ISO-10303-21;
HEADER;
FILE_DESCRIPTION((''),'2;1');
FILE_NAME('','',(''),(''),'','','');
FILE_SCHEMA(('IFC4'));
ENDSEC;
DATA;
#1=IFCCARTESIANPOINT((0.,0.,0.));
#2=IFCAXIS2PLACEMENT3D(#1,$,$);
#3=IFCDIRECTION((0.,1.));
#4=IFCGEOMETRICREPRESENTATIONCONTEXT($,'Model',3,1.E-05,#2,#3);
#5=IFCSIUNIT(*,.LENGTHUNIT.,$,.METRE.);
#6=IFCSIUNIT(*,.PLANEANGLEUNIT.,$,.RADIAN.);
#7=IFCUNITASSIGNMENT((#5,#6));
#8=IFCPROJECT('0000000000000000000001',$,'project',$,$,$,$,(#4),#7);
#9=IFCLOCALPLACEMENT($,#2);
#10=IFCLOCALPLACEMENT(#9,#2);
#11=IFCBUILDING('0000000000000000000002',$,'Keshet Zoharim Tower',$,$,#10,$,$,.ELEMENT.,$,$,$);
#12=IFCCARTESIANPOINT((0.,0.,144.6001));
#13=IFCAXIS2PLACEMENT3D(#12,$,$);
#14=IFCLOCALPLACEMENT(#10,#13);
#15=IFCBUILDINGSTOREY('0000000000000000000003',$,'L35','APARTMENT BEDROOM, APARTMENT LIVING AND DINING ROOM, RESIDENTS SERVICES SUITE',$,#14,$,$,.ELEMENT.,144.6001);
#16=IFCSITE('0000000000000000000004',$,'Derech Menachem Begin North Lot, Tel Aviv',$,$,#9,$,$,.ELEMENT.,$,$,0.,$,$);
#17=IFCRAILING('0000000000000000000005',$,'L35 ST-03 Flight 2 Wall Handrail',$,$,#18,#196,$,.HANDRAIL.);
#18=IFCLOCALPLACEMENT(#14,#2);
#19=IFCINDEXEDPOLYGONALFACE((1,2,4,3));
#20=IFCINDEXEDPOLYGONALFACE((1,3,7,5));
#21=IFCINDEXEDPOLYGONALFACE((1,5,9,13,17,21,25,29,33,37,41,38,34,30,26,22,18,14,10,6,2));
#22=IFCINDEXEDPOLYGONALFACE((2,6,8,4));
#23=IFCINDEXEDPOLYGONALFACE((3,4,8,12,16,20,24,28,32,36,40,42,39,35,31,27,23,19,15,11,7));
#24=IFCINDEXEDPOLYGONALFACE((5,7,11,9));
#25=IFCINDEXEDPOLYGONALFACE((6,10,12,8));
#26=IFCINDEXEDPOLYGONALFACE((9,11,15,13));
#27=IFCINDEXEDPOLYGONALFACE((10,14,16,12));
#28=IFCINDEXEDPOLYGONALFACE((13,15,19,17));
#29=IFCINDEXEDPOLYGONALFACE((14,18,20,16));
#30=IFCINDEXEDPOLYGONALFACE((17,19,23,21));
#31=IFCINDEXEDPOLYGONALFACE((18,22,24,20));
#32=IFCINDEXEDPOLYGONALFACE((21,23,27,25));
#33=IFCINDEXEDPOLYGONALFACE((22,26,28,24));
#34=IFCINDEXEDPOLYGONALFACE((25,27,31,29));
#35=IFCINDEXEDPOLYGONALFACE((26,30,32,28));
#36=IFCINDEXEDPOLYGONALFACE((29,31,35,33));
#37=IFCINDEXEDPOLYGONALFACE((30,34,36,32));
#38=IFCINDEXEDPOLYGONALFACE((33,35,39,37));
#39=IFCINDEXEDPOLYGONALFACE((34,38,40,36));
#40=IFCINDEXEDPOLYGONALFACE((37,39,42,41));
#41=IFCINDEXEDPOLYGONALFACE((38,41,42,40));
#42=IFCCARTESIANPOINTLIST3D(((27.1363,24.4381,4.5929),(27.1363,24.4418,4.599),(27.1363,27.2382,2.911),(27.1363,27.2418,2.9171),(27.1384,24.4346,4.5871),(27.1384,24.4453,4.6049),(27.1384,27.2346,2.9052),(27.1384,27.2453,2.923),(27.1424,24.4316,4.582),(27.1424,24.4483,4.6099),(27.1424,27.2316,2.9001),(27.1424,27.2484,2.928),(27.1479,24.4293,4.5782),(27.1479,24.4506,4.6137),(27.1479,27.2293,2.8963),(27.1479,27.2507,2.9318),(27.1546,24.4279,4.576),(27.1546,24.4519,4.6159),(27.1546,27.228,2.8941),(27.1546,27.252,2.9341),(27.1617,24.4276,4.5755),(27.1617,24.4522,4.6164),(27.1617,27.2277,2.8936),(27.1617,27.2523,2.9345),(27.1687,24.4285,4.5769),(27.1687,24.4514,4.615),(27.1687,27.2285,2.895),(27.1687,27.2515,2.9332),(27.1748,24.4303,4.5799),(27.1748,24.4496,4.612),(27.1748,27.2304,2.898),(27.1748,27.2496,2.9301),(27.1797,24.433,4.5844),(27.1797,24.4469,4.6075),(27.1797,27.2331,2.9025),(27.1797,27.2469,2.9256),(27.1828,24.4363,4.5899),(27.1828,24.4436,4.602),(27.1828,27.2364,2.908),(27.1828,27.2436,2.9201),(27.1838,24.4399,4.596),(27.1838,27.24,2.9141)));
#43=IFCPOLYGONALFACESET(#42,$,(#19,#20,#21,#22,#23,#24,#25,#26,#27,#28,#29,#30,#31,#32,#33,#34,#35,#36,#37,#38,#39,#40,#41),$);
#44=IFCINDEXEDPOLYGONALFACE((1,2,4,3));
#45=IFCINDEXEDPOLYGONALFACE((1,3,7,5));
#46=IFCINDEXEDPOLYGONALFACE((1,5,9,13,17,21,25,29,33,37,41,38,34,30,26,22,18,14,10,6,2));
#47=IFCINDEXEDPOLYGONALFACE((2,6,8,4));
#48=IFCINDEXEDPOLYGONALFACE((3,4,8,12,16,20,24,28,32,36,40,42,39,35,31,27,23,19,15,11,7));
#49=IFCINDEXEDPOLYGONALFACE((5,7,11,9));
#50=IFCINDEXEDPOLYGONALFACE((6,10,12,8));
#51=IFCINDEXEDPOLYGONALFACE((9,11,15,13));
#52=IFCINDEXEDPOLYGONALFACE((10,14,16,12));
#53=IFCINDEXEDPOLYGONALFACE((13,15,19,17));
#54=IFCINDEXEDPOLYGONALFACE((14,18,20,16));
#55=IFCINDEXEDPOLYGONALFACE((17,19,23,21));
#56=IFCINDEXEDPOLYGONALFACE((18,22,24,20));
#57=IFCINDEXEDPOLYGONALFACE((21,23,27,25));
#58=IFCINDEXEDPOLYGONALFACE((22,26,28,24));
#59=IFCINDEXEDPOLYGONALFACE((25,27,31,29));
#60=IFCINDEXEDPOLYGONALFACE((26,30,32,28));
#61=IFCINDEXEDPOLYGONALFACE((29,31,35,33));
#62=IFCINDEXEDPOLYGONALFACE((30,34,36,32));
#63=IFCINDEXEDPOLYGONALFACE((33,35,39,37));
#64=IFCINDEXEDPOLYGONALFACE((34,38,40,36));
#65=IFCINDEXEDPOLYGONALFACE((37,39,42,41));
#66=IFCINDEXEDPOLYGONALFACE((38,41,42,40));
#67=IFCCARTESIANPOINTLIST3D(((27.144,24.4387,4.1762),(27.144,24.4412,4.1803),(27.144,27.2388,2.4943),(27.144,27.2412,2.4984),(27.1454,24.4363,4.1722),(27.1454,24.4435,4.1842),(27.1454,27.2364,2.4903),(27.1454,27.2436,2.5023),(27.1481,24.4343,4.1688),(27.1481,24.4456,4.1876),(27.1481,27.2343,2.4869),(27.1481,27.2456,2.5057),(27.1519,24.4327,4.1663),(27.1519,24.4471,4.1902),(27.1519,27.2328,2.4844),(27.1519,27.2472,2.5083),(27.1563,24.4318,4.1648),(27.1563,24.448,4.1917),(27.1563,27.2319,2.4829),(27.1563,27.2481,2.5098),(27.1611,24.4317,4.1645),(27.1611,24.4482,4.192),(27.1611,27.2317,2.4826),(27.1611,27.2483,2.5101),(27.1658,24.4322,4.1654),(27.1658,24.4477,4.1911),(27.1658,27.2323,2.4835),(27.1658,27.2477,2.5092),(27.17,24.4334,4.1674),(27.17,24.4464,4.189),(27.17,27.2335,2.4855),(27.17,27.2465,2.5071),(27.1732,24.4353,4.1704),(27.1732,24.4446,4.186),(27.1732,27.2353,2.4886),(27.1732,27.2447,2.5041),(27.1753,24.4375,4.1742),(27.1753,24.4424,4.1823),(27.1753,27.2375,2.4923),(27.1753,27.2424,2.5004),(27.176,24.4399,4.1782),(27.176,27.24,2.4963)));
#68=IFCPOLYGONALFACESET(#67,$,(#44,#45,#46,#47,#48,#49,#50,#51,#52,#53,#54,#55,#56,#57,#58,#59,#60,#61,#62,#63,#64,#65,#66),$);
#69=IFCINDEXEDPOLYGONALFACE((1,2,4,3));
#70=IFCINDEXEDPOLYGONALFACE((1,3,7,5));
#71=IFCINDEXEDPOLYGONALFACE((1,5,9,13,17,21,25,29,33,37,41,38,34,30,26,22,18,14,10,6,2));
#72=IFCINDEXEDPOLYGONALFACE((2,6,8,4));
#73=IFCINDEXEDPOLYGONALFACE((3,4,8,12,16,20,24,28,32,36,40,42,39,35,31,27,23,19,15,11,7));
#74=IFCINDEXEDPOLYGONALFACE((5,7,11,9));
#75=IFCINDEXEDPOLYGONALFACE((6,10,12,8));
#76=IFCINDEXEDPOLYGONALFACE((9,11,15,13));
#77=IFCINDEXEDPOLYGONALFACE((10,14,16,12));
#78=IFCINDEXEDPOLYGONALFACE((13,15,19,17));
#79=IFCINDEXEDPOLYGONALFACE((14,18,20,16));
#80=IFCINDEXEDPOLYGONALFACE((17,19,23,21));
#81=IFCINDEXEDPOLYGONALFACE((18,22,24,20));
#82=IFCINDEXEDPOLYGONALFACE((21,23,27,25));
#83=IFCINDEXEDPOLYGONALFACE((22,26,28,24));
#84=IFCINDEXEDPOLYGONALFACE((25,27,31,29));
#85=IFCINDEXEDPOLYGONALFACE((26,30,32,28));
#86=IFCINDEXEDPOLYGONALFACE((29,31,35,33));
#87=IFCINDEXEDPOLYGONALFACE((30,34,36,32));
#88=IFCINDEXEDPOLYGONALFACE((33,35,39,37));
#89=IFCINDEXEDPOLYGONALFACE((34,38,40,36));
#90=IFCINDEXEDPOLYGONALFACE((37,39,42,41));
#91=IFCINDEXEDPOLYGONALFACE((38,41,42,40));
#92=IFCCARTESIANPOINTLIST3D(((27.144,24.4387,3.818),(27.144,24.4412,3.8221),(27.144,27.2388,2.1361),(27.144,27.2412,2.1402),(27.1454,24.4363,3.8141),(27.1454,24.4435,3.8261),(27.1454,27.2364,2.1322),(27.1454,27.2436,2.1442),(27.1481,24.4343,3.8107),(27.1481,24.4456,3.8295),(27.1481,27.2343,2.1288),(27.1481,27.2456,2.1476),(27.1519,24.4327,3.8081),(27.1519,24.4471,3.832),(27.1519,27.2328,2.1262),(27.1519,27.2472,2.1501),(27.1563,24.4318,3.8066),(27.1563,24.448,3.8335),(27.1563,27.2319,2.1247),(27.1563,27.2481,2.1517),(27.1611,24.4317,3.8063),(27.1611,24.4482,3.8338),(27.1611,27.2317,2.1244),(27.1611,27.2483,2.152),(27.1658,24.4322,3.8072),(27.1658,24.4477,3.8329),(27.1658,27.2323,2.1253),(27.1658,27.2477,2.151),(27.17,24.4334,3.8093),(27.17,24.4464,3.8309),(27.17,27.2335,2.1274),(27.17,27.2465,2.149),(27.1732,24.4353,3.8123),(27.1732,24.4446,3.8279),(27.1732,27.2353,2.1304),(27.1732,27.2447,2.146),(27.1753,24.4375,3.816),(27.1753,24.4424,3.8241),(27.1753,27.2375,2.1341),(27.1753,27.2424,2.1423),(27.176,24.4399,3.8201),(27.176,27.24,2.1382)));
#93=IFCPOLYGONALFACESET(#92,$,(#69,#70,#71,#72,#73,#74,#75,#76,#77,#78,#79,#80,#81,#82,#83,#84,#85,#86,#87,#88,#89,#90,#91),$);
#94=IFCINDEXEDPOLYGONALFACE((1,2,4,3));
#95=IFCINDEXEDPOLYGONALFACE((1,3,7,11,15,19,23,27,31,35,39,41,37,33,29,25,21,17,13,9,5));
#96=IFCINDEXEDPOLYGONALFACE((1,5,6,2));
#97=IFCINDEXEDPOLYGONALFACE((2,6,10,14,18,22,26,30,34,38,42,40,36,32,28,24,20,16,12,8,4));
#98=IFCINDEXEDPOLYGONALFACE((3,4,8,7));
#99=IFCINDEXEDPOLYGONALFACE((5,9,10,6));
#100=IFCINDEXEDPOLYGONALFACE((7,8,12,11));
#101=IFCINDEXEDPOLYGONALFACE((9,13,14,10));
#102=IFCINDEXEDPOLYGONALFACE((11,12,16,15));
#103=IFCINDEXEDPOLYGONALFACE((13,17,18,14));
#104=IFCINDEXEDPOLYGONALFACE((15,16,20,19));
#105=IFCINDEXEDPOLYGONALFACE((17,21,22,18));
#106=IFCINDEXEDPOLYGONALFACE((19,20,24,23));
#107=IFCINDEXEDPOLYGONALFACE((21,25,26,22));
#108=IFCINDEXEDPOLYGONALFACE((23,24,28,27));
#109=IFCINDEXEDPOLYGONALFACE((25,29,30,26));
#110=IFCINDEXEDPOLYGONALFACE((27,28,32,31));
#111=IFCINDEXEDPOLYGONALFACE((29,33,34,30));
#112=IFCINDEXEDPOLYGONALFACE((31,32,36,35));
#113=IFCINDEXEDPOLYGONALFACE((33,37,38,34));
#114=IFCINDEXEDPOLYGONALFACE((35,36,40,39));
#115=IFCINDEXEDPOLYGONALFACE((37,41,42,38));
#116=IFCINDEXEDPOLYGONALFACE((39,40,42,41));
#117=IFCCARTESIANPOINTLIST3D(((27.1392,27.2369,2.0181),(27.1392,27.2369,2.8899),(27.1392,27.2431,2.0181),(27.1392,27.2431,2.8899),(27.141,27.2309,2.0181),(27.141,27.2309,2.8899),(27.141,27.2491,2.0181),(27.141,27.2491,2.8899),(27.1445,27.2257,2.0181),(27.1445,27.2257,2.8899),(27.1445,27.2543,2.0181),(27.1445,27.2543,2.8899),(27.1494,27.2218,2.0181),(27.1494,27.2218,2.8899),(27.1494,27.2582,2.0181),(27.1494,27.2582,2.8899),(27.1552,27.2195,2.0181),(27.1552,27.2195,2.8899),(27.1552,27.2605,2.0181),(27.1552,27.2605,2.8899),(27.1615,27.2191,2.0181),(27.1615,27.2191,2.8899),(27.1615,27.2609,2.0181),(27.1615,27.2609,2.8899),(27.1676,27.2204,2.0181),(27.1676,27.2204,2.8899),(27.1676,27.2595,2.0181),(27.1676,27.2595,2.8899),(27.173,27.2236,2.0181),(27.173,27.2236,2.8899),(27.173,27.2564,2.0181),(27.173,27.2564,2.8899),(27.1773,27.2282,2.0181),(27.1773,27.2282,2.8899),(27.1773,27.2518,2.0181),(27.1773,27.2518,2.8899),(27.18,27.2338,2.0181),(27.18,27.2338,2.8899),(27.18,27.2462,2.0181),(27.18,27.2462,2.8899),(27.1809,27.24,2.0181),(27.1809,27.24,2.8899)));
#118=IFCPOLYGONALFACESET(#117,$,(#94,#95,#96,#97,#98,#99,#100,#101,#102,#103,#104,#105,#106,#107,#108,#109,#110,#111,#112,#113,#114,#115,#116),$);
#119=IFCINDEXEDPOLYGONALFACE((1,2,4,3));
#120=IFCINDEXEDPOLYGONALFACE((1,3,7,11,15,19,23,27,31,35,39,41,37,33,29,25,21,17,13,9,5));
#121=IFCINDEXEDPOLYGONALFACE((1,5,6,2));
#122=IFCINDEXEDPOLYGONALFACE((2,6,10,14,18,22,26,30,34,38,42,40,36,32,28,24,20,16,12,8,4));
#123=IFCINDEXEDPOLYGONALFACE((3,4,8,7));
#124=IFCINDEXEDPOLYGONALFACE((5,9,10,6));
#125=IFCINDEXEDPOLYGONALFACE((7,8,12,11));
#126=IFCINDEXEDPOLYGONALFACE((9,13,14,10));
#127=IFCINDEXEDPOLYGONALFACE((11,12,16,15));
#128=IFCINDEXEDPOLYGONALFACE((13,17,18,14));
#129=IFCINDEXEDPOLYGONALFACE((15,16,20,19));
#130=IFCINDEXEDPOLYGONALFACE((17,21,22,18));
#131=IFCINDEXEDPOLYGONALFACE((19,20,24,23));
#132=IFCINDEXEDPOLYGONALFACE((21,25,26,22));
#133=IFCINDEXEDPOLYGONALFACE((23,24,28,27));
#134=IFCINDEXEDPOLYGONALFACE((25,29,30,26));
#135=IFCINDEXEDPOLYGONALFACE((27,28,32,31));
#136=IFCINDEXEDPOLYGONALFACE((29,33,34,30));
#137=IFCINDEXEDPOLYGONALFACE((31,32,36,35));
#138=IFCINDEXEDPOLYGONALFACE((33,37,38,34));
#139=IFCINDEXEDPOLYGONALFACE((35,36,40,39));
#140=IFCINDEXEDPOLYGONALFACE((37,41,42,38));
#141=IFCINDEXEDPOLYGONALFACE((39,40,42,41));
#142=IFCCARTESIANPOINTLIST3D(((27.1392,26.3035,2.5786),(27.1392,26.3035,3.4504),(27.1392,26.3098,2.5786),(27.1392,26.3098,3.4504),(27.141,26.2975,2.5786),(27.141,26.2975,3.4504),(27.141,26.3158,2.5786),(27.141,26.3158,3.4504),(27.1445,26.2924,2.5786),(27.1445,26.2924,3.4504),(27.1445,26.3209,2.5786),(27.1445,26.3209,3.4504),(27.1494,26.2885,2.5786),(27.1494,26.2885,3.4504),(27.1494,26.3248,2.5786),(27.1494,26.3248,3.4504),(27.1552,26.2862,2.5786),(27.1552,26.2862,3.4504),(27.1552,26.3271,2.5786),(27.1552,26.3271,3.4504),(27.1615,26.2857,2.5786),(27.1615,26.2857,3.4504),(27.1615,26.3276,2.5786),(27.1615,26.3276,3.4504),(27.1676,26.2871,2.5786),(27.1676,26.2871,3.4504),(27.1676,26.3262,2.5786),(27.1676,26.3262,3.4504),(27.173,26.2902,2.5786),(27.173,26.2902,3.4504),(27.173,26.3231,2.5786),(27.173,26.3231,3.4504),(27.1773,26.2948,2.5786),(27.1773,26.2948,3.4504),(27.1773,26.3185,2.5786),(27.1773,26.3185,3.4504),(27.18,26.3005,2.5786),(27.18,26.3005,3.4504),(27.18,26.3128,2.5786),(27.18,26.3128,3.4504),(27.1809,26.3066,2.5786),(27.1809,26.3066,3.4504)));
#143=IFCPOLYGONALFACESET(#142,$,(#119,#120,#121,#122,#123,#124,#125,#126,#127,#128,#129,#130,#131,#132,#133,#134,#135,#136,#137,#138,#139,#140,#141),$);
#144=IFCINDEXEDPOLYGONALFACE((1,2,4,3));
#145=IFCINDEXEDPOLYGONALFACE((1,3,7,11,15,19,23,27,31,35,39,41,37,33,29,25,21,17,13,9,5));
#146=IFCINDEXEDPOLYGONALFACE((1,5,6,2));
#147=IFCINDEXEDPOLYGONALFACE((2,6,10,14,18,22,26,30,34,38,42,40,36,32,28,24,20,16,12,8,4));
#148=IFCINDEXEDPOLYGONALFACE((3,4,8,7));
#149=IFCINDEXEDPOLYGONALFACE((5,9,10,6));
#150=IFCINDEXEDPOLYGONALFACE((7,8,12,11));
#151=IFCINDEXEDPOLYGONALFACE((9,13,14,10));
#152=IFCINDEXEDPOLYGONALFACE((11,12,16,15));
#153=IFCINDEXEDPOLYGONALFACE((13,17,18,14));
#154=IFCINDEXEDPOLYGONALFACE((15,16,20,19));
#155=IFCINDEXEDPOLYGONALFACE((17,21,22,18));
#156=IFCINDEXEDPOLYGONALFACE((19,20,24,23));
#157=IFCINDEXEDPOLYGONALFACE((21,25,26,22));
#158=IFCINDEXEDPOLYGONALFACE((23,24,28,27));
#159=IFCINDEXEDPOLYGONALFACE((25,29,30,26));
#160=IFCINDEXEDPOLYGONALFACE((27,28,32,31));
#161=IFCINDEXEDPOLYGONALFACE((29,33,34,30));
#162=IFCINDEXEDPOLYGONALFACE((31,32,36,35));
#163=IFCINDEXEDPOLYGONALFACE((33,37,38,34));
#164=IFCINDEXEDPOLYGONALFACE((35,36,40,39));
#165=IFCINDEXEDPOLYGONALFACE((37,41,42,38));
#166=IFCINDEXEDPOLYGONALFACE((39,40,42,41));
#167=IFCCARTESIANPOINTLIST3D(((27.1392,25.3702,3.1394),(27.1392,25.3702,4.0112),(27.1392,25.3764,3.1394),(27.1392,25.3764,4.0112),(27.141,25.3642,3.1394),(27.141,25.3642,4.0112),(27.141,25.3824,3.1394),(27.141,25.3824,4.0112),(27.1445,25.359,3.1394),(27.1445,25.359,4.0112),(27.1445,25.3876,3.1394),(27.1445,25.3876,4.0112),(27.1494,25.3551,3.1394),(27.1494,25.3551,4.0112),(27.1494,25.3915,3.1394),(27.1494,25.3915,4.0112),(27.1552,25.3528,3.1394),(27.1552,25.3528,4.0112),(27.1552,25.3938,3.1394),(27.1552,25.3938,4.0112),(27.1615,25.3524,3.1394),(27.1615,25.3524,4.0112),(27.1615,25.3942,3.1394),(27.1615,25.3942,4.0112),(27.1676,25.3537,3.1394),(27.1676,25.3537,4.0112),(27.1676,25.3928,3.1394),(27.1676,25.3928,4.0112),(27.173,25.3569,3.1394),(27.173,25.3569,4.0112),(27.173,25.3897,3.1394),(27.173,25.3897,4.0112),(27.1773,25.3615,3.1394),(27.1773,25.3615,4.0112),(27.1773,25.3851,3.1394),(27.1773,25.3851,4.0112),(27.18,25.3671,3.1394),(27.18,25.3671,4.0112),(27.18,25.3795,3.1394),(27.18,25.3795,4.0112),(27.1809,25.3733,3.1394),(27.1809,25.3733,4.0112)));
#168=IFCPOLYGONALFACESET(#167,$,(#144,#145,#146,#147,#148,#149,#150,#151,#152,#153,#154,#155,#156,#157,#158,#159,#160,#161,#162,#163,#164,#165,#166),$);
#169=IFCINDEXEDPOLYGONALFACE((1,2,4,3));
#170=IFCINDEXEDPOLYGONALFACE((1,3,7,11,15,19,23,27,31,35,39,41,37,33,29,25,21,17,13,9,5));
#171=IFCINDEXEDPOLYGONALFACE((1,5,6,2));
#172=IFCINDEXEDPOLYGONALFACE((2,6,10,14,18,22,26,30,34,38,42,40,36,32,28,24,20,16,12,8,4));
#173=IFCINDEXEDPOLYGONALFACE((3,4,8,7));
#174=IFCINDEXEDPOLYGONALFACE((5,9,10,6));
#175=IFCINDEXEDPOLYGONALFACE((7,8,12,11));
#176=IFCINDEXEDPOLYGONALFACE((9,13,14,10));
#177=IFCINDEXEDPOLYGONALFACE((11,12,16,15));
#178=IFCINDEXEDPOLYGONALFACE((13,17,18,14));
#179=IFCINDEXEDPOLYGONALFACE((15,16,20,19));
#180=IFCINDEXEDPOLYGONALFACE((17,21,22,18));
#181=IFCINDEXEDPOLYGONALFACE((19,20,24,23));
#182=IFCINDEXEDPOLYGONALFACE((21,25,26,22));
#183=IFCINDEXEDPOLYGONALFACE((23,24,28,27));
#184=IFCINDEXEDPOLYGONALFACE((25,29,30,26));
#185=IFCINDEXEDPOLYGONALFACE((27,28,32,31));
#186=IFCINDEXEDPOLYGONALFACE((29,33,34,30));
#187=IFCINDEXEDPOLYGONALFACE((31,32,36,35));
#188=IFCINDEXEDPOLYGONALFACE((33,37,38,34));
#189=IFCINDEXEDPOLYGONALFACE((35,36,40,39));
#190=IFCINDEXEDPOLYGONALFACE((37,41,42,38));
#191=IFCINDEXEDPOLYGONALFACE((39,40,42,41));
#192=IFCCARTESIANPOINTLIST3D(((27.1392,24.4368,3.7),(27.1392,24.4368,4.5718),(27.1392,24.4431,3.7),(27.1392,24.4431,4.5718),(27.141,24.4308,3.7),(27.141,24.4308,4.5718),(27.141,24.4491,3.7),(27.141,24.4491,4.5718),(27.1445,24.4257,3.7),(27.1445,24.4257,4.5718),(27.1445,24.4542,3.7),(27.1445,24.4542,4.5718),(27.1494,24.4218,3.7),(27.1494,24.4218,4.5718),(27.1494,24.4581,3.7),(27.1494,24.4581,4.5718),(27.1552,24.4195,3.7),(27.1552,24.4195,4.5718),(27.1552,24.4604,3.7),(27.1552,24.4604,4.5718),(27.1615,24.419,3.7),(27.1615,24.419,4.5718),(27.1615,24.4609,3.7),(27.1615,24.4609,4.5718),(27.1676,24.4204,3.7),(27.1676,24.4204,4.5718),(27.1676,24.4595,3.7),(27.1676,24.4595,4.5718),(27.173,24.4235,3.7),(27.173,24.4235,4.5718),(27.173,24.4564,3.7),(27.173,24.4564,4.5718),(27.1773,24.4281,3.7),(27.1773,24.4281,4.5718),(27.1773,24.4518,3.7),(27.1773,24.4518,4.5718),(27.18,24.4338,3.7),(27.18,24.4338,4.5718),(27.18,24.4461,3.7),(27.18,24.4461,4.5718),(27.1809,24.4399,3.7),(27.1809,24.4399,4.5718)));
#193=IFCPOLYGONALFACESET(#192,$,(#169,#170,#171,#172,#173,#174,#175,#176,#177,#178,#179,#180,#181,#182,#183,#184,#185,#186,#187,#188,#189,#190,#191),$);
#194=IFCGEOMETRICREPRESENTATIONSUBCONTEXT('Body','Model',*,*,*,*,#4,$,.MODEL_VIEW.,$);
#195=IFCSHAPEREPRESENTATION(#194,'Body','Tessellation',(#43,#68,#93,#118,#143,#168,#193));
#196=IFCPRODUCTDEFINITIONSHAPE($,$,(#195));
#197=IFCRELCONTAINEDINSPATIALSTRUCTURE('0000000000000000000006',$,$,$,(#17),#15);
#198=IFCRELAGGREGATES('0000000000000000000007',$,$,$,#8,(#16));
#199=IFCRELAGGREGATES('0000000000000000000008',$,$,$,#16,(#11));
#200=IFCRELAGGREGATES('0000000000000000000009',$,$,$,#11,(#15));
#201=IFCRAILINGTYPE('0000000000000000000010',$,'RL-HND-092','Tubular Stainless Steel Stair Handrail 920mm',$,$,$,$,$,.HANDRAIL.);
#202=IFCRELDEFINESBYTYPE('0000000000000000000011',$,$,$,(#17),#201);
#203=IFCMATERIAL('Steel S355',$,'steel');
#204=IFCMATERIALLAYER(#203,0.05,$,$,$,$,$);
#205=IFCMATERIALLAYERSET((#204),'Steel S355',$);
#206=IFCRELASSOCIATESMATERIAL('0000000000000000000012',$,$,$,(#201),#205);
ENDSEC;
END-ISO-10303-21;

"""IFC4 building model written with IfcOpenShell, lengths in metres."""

from ifc_helpers import new_model, si_unit, direction, frame, origin, origin_2d, place, context, subcontext, project, spatial, circle, extrude, material, layer, layer_set, type_object, element, save


model = new_model("IFC4")

# Units and contexts
model_context = context("Model", 3, precision=1e-05, world=origin(), true_north=direction((0.0, 1.0)))
body_context = subcontext(model_context, "Body", "Model", "MODEL_VIEW")
ifc_project = project(units=[si_unit("LENGTHUNIT", "METRE"), si_unit("PLANEANGLEUNIT", "RADIAN")], contexts=[model_context])

# Site, building, storey
site_placement = place(None, origin())
site = spatial("IfcSite", under=ifc_project, at=site_placement, Name="Derech Menachem Begin North Lot, Tel Aviv", CompositionType="ELEMENT", RefElevation=0.0)
building_placement = place(site_placement, origin())
building = spatial("IfcBuilding", under=site, at=building_placement, Name="Keshet Zoharim Tower", CompositionType="ELEMENT")
storey_placement = place(building_placement, frame((0.0, 0.0, 144.6001)))
storey = spatial("IfcBuildingStorey", under=building, at=storey_placement, Name="L35", Description="APARTMENT BEDROOM, APARTMENT LIVING AND DINING ROOM, RESIDENTS SERVICES SUITE", CompositionType="ELEMENT", Elevation=144.6001)

# Shared definitions
ifc_material_1 = material(Name="Steel S355", Category="steel")

# Railing
ifc_layer_1 = layer(ifc_material_1, 0.05)
ifc_layer_set_1 = layer_set([ifc_layer_1], Name="Steel S355")
railing_type = type_object("IfcRailingType", Name="RL-HND-092", Description="Tubular Stainless Steel Stair Handrail 920mm", PredefinedType="HANDRAIL", material=ifc_layer_set_1)
railing_placement = place(storey_placement, frame((27.1599, 27.24, 2.0181)))
element("IfcRailing", 1, at=railing_placement, inside=storey, type_object=railing_type, Name="L35 ST-03 Flight 2 Wall Handrail", PredefinedType="HANDRAIL", context=body_context, shape_type="SweptSolid", body=[
    extrude(circle(Radius=0.0239, at=origin_2d()), frame((0.0, 0.0, 0.896), z_axis=(0.0, -0.857242, 0.514913), x_axis=(1.0, 0.0, 0.0)), (0.0, 0.0, 1.0), 3.2664),
    extrude(circle(Radius=0.0161, at=origin_2d()), frame((0.0, 0.0, 0.4783), z_axis=(0.0, -0.857242, 0.514913), x_axis=(1.0, 0.0, 0.0)), (0.0, 0.0, 1.0), 3.2664),
    extrude(circle(Radius=0.0161, at=origin_2d()), frame((0.0, 0.0, 0.1201), z_axis=(0.0, -0.857242, 0.514913), x_axis=(1.0, 0.0, 0.0)), (0.0, 0.0, 1.0), 3.2664),
    extrude(circle(Radius=0.021, at=origin_2d()), origin(), (0.0, 0.0, 1.0), 0.8718),
    extrude(circle(Radius=0.021, at=origin_2d()), frame((0.0, -0.9333, 0.5605)), (0.0, 0.0, 1.0), 0.8718),
    extrude(circle(Radius=0.021, at=origin_2d()), frame((0.0, -1.8667, 1.1213)), (0.0, 0.0, 1.0), 0.8718),
    extrude(circle(Radius=0.021, at=origin_2d()), frame((0.0, -2.8, 1.6819)), (0.0, 0.0, 1.0), 0.8718),
])

save(model, "model.ifc")
